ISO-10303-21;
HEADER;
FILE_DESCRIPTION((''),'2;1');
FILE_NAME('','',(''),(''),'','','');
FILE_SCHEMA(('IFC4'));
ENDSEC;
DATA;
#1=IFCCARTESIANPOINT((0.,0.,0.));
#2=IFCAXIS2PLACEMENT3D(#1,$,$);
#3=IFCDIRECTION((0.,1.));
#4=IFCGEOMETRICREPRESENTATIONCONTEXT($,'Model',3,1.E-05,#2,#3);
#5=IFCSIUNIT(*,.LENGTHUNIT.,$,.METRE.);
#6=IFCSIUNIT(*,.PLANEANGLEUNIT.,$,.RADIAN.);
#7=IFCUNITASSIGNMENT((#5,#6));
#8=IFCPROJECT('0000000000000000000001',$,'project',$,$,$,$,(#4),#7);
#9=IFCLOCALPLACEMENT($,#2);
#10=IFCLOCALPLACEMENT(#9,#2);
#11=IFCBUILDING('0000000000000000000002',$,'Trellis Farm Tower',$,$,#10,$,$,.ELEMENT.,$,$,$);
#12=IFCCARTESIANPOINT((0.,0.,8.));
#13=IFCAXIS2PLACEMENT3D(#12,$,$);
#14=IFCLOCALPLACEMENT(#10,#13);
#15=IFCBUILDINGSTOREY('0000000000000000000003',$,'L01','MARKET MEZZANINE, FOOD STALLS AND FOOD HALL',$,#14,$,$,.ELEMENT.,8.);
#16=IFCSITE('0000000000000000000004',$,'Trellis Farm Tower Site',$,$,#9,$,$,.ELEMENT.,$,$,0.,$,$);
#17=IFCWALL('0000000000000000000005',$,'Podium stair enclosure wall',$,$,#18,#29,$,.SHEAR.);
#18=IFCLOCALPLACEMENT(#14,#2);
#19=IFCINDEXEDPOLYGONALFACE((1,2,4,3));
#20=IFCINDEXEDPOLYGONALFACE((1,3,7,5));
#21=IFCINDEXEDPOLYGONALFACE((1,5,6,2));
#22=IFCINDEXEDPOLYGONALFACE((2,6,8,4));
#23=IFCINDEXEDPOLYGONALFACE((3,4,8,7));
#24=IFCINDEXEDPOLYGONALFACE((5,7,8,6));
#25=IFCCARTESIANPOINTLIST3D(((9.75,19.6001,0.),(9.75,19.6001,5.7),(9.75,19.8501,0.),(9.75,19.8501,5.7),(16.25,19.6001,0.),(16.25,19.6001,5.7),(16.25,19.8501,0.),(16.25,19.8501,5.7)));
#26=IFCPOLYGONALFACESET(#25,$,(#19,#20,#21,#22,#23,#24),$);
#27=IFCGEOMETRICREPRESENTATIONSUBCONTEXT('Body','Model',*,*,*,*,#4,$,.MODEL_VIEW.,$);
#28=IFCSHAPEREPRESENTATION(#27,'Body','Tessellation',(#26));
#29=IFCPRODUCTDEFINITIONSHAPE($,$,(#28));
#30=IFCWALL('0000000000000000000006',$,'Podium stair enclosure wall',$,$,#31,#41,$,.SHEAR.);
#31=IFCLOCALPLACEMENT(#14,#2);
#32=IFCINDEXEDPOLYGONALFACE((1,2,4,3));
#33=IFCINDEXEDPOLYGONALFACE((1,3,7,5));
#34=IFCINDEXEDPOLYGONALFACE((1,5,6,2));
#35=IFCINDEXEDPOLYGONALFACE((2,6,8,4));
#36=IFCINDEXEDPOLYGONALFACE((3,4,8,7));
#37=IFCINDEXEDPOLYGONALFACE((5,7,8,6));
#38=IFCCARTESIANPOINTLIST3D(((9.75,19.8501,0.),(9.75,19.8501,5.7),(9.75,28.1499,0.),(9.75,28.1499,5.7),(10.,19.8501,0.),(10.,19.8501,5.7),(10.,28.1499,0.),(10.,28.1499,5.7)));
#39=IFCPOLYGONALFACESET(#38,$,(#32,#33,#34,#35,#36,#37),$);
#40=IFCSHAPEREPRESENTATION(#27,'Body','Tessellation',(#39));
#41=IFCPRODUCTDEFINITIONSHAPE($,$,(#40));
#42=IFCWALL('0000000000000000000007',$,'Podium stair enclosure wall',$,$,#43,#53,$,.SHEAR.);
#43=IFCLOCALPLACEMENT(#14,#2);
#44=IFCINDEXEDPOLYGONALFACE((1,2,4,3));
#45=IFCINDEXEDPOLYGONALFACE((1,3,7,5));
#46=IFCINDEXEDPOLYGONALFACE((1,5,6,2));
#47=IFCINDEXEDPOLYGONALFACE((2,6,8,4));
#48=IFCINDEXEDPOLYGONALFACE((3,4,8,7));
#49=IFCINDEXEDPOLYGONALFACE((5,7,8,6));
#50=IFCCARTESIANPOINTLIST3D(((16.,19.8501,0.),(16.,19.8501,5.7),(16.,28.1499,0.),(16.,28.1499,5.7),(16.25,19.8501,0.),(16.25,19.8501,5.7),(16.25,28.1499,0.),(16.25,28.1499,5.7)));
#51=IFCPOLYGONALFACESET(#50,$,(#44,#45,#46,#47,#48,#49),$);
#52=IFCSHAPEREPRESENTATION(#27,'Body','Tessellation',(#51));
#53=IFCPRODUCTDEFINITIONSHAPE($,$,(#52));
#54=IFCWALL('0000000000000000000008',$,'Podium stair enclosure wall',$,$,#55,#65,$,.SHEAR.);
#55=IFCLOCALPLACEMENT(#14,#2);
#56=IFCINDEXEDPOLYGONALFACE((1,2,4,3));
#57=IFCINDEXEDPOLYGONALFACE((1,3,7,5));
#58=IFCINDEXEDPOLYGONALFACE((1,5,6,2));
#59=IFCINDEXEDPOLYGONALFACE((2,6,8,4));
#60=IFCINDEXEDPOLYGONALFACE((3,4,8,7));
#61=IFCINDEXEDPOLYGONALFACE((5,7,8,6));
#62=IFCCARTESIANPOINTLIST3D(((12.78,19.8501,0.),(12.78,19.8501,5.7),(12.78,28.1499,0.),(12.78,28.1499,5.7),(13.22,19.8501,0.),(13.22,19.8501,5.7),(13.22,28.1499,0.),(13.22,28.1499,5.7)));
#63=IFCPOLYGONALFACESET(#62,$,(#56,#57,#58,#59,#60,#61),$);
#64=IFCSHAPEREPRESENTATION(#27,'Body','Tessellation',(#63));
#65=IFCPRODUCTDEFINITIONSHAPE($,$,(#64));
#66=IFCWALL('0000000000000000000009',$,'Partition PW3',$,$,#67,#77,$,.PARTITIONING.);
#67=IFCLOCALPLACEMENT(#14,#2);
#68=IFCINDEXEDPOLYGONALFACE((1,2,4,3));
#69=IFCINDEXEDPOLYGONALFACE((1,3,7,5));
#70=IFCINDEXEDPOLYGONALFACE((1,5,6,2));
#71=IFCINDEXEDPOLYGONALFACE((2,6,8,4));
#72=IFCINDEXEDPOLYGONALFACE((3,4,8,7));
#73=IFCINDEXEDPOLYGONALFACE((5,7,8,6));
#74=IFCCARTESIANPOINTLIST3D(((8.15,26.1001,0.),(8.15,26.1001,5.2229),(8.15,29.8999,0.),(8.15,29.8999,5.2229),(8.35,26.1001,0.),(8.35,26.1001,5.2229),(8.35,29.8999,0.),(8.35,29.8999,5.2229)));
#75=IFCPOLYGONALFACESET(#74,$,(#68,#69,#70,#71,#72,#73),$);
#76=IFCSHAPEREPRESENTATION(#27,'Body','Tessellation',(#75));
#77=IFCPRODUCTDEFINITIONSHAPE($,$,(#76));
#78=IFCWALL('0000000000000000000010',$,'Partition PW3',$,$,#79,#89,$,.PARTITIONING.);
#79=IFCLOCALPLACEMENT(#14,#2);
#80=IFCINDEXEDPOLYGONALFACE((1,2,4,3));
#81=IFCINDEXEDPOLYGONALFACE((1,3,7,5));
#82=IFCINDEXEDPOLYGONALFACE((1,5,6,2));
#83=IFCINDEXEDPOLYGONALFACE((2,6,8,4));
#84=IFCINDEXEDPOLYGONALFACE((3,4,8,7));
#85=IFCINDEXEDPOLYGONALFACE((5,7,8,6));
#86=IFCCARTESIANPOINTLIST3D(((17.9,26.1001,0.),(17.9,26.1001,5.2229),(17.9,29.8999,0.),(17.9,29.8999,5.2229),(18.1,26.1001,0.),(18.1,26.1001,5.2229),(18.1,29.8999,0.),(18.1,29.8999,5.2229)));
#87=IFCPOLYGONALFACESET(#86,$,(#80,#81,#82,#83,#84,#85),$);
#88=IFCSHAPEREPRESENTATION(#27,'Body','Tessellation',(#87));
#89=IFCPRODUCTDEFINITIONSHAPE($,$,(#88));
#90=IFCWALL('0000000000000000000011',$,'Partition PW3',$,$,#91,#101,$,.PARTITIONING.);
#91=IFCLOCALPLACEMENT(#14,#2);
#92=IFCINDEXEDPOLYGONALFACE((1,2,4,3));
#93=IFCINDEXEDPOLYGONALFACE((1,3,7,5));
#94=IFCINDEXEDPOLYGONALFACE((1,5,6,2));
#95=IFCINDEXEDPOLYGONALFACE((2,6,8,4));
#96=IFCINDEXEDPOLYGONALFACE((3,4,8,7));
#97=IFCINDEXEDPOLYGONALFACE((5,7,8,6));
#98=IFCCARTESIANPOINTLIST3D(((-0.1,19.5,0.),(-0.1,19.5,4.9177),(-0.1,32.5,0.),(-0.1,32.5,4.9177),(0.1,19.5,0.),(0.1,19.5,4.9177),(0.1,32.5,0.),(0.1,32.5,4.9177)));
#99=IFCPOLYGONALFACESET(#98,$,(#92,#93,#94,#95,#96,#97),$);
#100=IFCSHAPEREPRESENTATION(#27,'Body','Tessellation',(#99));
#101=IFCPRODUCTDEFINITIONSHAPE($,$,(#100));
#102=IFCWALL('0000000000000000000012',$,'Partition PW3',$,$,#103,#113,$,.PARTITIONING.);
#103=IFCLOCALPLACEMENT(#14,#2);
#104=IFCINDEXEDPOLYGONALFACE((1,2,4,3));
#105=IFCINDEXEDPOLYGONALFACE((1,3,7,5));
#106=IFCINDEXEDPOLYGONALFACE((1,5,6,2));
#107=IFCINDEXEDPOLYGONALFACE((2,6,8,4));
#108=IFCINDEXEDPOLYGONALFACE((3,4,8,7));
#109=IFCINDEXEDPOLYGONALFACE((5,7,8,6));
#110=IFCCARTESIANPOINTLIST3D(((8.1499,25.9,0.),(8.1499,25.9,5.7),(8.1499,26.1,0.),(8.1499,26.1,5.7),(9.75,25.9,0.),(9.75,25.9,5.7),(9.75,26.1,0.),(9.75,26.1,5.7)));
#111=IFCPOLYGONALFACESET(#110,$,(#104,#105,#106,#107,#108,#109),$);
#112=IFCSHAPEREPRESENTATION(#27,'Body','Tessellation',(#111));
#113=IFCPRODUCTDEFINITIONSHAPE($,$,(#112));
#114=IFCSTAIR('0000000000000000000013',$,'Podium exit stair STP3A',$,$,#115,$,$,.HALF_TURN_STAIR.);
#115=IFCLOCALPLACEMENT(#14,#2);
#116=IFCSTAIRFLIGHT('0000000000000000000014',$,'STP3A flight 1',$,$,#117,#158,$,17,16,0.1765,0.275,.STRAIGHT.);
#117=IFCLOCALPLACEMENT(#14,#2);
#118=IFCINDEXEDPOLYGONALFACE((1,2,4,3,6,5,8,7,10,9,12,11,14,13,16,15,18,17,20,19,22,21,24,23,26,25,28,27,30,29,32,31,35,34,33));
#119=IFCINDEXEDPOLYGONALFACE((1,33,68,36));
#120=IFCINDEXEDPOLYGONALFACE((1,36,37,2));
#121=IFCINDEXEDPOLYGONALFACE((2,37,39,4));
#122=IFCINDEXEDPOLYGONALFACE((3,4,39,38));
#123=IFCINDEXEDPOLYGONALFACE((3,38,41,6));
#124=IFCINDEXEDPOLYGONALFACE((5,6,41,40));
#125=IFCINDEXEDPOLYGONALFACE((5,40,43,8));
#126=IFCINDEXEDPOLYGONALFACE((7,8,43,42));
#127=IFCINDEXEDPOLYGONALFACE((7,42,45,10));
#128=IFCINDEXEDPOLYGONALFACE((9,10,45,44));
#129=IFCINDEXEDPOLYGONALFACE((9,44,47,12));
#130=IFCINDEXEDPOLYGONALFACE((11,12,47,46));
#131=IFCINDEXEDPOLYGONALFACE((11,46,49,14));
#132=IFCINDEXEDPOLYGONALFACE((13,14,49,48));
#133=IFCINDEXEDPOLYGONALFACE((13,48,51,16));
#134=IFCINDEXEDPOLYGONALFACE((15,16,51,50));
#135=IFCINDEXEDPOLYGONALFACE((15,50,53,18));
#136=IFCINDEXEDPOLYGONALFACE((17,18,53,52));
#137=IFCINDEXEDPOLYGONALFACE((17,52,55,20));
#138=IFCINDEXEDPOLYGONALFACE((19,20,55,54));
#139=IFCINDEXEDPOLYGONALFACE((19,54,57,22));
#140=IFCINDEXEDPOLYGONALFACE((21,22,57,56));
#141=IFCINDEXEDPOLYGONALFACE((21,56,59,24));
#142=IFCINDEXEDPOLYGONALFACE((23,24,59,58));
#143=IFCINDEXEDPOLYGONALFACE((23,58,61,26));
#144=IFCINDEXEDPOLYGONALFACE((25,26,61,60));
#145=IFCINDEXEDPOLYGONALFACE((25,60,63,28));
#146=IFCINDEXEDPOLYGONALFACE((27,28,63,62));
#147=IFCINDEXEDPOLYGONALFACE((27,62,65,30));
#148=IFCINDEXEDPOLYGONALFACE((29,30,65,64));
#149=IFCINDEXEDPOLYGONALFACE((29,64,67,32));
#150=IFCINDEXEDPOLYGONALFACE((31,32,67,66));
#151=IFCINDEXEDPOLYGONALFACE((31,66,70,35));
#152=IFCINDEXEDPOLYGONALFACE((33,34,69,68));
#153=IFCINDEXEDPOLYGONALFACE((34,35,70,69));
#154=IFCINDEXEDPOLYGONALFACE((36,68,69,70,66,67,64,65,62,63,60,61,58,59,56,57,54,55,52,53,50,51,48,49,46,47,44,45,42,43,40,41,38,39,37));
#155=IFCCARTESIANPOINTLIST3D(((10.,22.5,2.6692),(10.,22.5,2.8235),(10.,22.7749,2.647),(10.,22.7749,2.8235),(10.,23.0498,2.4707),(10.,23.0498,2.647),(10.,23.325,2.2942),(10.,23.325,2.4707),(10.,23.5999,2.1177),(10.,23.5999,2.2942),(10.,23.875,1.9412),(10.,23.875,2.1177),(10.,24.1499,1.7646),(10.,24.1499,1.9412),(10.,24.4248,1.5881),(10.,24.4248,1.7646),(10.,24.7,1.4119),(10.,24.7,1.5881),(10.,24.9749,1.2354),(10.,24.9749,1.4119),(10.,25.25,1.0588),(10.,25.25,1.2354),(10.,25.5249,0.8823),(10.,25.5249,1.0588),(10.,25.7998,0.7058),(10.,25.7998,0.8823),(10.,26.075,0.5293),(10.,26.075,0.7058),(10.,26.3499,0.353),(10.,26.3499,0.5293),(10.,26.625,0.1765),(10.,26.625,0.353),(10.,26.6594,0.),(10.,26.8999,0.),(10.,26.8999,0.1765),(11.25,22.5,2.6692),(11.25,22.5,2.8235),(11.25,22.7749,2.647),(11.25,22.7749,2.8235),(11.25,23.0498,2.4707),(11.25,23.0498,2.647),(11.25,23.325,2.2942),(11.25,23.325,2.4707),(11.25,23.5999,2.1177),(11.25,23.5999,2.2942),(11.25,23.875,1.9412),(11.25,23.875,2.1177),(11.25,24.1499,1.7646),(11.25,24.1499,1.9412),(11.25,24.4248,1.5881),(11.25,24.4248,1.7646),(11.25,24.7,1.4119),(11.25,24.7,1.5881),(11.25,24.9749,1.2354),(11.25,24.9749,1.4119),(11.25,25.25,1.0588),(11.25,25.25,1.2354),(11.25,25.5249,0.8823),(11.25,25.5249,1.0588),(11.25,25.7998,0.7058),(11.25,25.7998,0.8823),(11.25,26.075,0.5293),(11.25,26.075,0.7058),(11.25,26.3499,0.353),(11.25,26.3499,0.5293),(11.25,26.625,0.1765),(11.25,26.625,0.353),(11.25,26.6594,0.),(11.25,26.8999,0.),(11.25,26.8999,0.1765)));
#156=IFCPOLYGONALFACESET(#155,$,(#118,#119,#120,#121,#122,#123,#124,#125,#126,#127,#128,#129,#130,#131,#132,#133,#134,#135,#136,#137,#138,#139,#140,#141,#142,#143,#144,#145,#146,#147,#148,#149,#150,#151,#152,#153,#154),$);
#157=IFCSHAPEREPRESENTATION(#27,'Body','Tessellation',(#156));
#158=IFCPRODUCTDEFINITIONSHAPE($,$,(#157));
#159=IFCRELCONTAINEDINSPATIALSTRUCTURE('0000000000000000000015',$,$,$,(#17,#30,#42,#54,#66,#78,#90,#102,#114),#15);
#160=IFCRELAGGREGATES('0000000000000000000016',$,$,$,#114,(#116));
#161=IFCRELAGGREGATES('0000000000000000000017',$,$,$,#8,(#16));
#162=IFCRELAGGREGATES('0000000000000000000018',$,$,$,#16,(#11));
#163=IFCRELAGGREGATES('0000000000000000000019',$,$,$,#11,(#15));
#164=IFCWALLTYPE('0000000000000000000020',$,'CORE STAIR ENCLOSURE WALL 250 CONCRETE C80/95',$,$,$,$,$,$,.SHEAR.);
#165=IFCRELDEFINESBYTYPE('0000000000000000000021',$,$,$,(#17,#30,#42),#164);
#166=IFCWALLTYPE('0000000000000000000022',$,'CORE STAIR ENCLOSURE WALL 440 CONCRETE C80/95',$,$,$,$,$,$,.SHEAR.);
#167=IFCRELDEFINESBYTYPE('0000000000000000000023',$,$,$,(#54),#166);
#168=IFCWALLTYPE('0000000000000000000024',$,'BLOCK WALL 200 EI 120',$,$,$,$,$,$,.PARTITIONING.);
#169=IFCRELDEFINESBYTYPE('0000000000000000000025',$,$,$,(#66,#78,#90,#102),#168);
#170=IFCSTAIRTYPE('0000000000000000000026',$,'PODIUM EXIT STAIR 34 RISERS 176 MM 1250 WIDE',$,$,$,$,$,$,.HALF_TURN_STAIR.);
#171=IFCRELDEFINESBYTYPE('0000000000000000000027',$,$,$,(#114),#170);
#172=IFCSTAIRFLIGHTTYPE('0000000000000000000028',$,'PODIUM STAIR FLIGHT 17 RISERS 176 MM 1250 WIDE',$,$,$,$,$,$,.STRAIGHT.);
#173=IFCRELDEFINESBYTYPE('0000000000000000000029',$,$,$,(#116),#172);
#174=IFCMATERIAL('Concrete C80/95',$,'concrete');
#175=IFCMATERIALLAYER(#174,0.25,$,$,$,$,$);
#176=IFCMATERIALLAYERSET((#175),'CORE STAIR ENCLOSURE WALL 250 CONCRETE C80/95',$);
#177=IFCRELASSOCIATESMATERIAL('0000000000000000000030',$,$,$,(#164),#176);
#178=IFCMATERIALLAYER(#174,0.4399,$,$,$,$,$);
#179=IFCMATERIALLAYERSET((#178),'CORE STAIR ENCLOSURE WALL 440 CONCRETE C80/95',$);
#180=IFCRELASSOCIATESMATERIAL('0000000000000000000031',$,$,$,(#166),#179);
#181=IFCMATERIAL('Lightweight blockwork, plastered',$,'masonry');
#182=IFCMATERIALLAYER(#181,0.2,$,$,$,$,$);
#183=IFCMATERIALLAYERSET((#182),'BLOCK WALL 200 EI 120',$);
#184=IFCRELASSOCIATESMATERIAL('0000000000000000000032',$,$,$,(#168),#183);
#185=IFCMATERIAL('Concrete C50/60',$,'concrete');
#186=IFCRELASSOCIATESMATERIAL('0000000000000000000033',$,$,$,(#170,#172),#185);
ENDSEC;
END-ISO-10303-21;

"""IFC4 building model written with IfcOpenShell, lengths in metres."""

from ifc_helpers import new_model, si_unit, direction, frame, frame_2d, origin, place, context, subcontext, project, spatial, polyline, rectangle, outline, extrude, source, transform, mapped, material, layer, layer_set, type_object, element, aggregate, save


model = new_model("IFC4")

# Units and contexts
model_context = context("Model", 3, precision=1e-05, world=origin(), true_north=direction((0.0, 1.0)))
body_context = subcontext(model_context, "Body", "Model", "MODEL_VIEW")
ifc_project = project(units=[si_unit("LENGTHUNIT", "METRE"), si_unit("PLANEANGLEUNIT", "RADIAN")], contexts=[model_context])

# Site, building, storey
site_placement = place(None, origin())
site = spatial("IfcSite", under=ifc_project, at=site_placement, Name="Trellis Farm Tower Site", CompositionType="ELEMENT", RefElevation=0.0)
building_placement = place(site_placement, origin())
building = spatial("IfcBuilding", under=site, at=building_placement, Name="Trellis Farm Tower", CompositionType="ELEMENT")
storey_placement = place(building_placement, frame((0.0, 0.0, 8.0)))
storey = spatial("IfcBuildingStorey", under=building, at=storey_placement, Name="L01", Description="MARKET MEZZANINE, FOOD STALLS AND FOOD HALL", CompositionType="ELEMENT", Elevation=8.0)

# Walls
ifc_material_1 = material(Name="Concrete C80/95", Category="concrete")
ifc_layer_1 = layer(ifc_material_1, 0.25)
ifc_layer_set_1 = layer_set([ifc_layer_1], Name="CORE STAIR ENCLOSURE WALL 250 CONCRETE C80/95")
wall_type_1 = type_object("IfcWallType", Name="CORE STAIR ENCLOSURE WALL 250 CONCRETE C80/95", PredefinedType="SHEAR", material=ifc_layer_set_1)
shared_shape_1 = source(origin(), body_context, "Body", "SweptSolid", [
    extrude(rectangle(XDim=6.5, YDim=0.25, at=frame_2d((3.25, 0.0))), origin(), (0.0, 0.0, 1.0), 5.7),
])
wall_1_placement = place(storey_placement, frame((9.75, 19.7251, 0.0), z_axis=(0.0, 0.0, 1.0), x_axis=(1.0, 0.0, 0.0)))
element("IfcWall", 1, at=wall_1_placement, inside=storey, type_object=wall_type_1, Name="Podium stair enclosure wall", PredefinedType="SHEAR", context=body_context, shape_type="MappedRepresentation", body=[
    mapped(shared_shape_1, transform((0.0, 0.0, 0.0))),
])
shared_shape_2 = source(origin(), body_context, "Body", "SweptSolid", [
    extrude(rectangle(XDim=8.2998, YDim=0.25, at=frame_2d((4.1499, 0.0))), origin(), (0.0, 0.0, 1.0), 5.7),
])
for number, where, z_axis, x_axis, name in (
    (2, (9.875, 19.8501, 0.0), (0.0, 0.0, 1.0), (0.0, 1.0, 0.0), "Podium stair enclosure wall"),
    (3, (16.125, 19.8501, 0.0), (0.0, 0.0, 1.0), (0.0, 1.0, 0.0), "Podium stair enclosure wall"),
):
    element("IfcWall", number, at=place(storey_placement, frame(where, z_axis=z_axis, x_axis=x_axis)), inside=storey, type_object=wall_type_1, Name=name, PredefinedType="SHEAR", context=body_context, shape_type="MappedRepresentation", body=[
        mapped(shared_shape_2, transform((0.0, 0.0, 0.0))),
    ])
ifc_layer_2 = layer(ifc_material_1, 0.4399)
ifc_layer_set_2 = layer_set([ifc_layer_2], Name="CORE STAIR ENCLOSURE WALL 440 CONCRETE C80/95")
wall_type_2 = type_object("IfcWallType", Name="CORE STAIR ENCLOSURE WALL 440 CONCRETE C80/95", PredefinedType="SHEAR", material=ifc_layer_set_2)
shared_shape_3 = source(origin(), body_context, "Body", "SweptSolid", [
    extrude(rectangle(XDim=8.2998, YDim=0.4399, at=frame_2d((4.1499, 0.0))), origin(), (0.0, 0.0, 1.0), 5.7),
])
wall_2_placement = place(storey_placement, frame((13.0, 19.8501, 0.0), z_axis=(0.0, 0.0, 1.0), x_axis=(0.0, 1.0, 0.0)))
element("IfcWall", 4, at=wall_2_placement, inside=storey, type_object=wall_type_2, Name="Podium stair enclosure wall", PredefinedType="SHEAR", context=body_context, shape_type="MappedRepresentation", body=[
    mapped(shared_shape_3, transform((0.0, 0.0, 0.0))),
])
ifc_material_2 = material(Name="Lightweight blockwork, plastered", Category="masonry")
ifc_layer_3 = layer(ifc_material_2, 0.2)
ifc_layer_set_3 = layer_set([ifc_layer_3], Name="BLOCK WALL 200 EI 120")
wall_type_3 = type_object("IfcWallType", Name="BLOCK WALL 200 EI 120", PredefinedType="PARTITIONING", material=ifc_layer_set_3)
shared_shape_4 = source(origin(), body_context, "Body", "SweptSolid", [
    extrude(rectangle(XDim=3.7998, YDim=0.2, at=frame_2d((1.8999, 0.0))), origin(), (0.0, 0.0, 1.0), 5.2229),
])
for number, where, z_axis, x_axis, name in (
    (5, (8.25, 26.1001, 0.0), (0.0, 0.0, 1.0), (0.0, 1.0, 0.0), "Partition PW3"),
    (6, (18.0, 26.1001, 0.0), (0.0, 0.0, 1.0), (0.0, 1.0, 0.0), "Partition PW3"),
):
    element("IfcWall", number, at=place(storey_placement, frame(where, z_axis=z_axis, x_axis=x_axis)), inside=storey, type_object=wall_type_3, Name=name, PredefinedType="PARTITIONING", context=body_context, shape_type="MappedRepresentation", body=[
        mapped(shared_shape_4, transform((0.0, 0.0, 0.0))),
    ])
shared_shape_5 = source(origin(), body_context, "Body", "SweptSolid", [
    extrude(rectangle(XDim=13.0, YDim=0.2, at=frame_2d((6.5, 0.0))), origin(), (0.0, 0.0, 1.0), 4.9177),
])
wall_3_placement = place(storey_placement, frame((0.0, 19.5, 0.0), z_axis=(0.0, 0.0, 1.0), x_axis=(0.0, 1.0, 0.0)))
element("IfcWall", 7, at=wall_3_placement, inside=storey, type_object=wall_type_3, Name="Partition PW3", PredefinedType="PARTITIONING", context=body_context, shape_type="MappedRepresentation", body=[
    mapped(shared_shape_5, transform((0.0, 0.0, 0.0))),
])
shared_shape_6 = source(origin(), body_context, "Body", "SweptSolid", [
    extrude(rectangle(XDim=1.6001, YDim=0.2, at=frame_2d((0.8, 0.0))), origin(), (0.0, 0.0, 1.0), 5.7),
])
wall_4_placement = place(storey_placement, frame((9.75, 26.0, 0.0), z_axis=(0.0, 0.0, 1.0), x_axis=(-1.0, 0.0, 0.0)))
element("IfcWall", 8, at=wall_4_placement, inside=storey, type_object=wall_type_3, Name="Partition PW3", PredefinedType="PARTITIONING", context=body_context, shape_type="MappedRepresentation", body=[
    mapped(shared_shape_6, transform((0.0, 0.0, 0.0))),
])

# Stair, stair flight
ifc_material_3 = material(Name="Concrete C50/60", Category="concrete")
stair_type = type_object("IfcStairType", Name="PODIUM EXIT STAIR 34 RISERS 176 MM 1250 WIDE", PredefinedType="HALF_TURN_STAIR", material=ifc_material_3)
placement = place(storey_placement, origin())
stair_1 = element("IfcStair", 9, at=placement, inside=storey, type_object=stair_type, Name="Podium exit stair STP3A", PredefinedType="HALF_TURN_STAIR")
stair_flight_type = type_object("IfcStairFlightType", Name="PODIUM STAIR FLIGHT 17 RISERS 176 MM 1250 WIDE", PredefinedType="STRAIGHT", material=ifc_material_3)
shared_shape_7 = source(origin(), body_context, "Body", "SweptSolid", [
    extrude(outline(polyline([(0.0, 0.0), (0.0, 0.1765), (0.2749, 0.1765), (0.2749, 0.353), (0.55, 0.353), (0.55, 0.5293), (0.825, 0.5293), (0.825, 0.7058), (1.1001, 0.7058), (1.1001, 0.8823), (1.375, 0.8823), (1.375, 1.0588), (1.6499, 1.0588), (1.6499, 1.2354), (1.925, 1.2354), (1.925, 1.4119), (2.2, 1.4119), (2.2, 1.5881), (2.4751, 1.5881), (2.4751, 1.7646), (2.75, 1.7646), (2.75, 1.9412), (3.0249, 1.9412), (3.0249, 2.1177), (3.3, 2.1177), (3.3, 2.2942), (3.575, 2.2942), (3.575, 2.4707), (3.8501, 2.4707), (3.8501, 2.647), (4.125, 2.647), (4.125, 2.8235), (4.3999, 2.8235), (4.3999, 3.0), (4.3999, 2.6692), (0.2405, 0.0), (0.0, 0.0)])), frame((0.0, 0.625, 0.0), z_axis=(0.0, -1.0, 0.0), x_axis=(1.0, 0.0, 0.0)), (0.0, 0.0, 1.0), 1.25),
])
stair_flight_1_placement = place(storey_placement, frame((10.625, 26.8999, 0.0), z_axis=(0.0, 0.0, 1.0), x_axis=(0.0, -1.0, 0.0)))
stair_flight_1 = element("IfcStairFlight", 10, at=stair_flight_1_placement, type_object=stair_flight_type, Name="STP3A flight 1", NumberOfRisers=17, NumberOfTreads=16, PredefinedType="STRAIGHT", RiserHeight=0.1765, TreadLength=0.275, context=body_context, shape_type="MappedRepresentation", body=[
    mapped(shared_shape_7, transform((0.0, 0.0, 0.0))),
])
aggregate(stair_1, [stair_flight_1])

save(model, "model.ifc")
